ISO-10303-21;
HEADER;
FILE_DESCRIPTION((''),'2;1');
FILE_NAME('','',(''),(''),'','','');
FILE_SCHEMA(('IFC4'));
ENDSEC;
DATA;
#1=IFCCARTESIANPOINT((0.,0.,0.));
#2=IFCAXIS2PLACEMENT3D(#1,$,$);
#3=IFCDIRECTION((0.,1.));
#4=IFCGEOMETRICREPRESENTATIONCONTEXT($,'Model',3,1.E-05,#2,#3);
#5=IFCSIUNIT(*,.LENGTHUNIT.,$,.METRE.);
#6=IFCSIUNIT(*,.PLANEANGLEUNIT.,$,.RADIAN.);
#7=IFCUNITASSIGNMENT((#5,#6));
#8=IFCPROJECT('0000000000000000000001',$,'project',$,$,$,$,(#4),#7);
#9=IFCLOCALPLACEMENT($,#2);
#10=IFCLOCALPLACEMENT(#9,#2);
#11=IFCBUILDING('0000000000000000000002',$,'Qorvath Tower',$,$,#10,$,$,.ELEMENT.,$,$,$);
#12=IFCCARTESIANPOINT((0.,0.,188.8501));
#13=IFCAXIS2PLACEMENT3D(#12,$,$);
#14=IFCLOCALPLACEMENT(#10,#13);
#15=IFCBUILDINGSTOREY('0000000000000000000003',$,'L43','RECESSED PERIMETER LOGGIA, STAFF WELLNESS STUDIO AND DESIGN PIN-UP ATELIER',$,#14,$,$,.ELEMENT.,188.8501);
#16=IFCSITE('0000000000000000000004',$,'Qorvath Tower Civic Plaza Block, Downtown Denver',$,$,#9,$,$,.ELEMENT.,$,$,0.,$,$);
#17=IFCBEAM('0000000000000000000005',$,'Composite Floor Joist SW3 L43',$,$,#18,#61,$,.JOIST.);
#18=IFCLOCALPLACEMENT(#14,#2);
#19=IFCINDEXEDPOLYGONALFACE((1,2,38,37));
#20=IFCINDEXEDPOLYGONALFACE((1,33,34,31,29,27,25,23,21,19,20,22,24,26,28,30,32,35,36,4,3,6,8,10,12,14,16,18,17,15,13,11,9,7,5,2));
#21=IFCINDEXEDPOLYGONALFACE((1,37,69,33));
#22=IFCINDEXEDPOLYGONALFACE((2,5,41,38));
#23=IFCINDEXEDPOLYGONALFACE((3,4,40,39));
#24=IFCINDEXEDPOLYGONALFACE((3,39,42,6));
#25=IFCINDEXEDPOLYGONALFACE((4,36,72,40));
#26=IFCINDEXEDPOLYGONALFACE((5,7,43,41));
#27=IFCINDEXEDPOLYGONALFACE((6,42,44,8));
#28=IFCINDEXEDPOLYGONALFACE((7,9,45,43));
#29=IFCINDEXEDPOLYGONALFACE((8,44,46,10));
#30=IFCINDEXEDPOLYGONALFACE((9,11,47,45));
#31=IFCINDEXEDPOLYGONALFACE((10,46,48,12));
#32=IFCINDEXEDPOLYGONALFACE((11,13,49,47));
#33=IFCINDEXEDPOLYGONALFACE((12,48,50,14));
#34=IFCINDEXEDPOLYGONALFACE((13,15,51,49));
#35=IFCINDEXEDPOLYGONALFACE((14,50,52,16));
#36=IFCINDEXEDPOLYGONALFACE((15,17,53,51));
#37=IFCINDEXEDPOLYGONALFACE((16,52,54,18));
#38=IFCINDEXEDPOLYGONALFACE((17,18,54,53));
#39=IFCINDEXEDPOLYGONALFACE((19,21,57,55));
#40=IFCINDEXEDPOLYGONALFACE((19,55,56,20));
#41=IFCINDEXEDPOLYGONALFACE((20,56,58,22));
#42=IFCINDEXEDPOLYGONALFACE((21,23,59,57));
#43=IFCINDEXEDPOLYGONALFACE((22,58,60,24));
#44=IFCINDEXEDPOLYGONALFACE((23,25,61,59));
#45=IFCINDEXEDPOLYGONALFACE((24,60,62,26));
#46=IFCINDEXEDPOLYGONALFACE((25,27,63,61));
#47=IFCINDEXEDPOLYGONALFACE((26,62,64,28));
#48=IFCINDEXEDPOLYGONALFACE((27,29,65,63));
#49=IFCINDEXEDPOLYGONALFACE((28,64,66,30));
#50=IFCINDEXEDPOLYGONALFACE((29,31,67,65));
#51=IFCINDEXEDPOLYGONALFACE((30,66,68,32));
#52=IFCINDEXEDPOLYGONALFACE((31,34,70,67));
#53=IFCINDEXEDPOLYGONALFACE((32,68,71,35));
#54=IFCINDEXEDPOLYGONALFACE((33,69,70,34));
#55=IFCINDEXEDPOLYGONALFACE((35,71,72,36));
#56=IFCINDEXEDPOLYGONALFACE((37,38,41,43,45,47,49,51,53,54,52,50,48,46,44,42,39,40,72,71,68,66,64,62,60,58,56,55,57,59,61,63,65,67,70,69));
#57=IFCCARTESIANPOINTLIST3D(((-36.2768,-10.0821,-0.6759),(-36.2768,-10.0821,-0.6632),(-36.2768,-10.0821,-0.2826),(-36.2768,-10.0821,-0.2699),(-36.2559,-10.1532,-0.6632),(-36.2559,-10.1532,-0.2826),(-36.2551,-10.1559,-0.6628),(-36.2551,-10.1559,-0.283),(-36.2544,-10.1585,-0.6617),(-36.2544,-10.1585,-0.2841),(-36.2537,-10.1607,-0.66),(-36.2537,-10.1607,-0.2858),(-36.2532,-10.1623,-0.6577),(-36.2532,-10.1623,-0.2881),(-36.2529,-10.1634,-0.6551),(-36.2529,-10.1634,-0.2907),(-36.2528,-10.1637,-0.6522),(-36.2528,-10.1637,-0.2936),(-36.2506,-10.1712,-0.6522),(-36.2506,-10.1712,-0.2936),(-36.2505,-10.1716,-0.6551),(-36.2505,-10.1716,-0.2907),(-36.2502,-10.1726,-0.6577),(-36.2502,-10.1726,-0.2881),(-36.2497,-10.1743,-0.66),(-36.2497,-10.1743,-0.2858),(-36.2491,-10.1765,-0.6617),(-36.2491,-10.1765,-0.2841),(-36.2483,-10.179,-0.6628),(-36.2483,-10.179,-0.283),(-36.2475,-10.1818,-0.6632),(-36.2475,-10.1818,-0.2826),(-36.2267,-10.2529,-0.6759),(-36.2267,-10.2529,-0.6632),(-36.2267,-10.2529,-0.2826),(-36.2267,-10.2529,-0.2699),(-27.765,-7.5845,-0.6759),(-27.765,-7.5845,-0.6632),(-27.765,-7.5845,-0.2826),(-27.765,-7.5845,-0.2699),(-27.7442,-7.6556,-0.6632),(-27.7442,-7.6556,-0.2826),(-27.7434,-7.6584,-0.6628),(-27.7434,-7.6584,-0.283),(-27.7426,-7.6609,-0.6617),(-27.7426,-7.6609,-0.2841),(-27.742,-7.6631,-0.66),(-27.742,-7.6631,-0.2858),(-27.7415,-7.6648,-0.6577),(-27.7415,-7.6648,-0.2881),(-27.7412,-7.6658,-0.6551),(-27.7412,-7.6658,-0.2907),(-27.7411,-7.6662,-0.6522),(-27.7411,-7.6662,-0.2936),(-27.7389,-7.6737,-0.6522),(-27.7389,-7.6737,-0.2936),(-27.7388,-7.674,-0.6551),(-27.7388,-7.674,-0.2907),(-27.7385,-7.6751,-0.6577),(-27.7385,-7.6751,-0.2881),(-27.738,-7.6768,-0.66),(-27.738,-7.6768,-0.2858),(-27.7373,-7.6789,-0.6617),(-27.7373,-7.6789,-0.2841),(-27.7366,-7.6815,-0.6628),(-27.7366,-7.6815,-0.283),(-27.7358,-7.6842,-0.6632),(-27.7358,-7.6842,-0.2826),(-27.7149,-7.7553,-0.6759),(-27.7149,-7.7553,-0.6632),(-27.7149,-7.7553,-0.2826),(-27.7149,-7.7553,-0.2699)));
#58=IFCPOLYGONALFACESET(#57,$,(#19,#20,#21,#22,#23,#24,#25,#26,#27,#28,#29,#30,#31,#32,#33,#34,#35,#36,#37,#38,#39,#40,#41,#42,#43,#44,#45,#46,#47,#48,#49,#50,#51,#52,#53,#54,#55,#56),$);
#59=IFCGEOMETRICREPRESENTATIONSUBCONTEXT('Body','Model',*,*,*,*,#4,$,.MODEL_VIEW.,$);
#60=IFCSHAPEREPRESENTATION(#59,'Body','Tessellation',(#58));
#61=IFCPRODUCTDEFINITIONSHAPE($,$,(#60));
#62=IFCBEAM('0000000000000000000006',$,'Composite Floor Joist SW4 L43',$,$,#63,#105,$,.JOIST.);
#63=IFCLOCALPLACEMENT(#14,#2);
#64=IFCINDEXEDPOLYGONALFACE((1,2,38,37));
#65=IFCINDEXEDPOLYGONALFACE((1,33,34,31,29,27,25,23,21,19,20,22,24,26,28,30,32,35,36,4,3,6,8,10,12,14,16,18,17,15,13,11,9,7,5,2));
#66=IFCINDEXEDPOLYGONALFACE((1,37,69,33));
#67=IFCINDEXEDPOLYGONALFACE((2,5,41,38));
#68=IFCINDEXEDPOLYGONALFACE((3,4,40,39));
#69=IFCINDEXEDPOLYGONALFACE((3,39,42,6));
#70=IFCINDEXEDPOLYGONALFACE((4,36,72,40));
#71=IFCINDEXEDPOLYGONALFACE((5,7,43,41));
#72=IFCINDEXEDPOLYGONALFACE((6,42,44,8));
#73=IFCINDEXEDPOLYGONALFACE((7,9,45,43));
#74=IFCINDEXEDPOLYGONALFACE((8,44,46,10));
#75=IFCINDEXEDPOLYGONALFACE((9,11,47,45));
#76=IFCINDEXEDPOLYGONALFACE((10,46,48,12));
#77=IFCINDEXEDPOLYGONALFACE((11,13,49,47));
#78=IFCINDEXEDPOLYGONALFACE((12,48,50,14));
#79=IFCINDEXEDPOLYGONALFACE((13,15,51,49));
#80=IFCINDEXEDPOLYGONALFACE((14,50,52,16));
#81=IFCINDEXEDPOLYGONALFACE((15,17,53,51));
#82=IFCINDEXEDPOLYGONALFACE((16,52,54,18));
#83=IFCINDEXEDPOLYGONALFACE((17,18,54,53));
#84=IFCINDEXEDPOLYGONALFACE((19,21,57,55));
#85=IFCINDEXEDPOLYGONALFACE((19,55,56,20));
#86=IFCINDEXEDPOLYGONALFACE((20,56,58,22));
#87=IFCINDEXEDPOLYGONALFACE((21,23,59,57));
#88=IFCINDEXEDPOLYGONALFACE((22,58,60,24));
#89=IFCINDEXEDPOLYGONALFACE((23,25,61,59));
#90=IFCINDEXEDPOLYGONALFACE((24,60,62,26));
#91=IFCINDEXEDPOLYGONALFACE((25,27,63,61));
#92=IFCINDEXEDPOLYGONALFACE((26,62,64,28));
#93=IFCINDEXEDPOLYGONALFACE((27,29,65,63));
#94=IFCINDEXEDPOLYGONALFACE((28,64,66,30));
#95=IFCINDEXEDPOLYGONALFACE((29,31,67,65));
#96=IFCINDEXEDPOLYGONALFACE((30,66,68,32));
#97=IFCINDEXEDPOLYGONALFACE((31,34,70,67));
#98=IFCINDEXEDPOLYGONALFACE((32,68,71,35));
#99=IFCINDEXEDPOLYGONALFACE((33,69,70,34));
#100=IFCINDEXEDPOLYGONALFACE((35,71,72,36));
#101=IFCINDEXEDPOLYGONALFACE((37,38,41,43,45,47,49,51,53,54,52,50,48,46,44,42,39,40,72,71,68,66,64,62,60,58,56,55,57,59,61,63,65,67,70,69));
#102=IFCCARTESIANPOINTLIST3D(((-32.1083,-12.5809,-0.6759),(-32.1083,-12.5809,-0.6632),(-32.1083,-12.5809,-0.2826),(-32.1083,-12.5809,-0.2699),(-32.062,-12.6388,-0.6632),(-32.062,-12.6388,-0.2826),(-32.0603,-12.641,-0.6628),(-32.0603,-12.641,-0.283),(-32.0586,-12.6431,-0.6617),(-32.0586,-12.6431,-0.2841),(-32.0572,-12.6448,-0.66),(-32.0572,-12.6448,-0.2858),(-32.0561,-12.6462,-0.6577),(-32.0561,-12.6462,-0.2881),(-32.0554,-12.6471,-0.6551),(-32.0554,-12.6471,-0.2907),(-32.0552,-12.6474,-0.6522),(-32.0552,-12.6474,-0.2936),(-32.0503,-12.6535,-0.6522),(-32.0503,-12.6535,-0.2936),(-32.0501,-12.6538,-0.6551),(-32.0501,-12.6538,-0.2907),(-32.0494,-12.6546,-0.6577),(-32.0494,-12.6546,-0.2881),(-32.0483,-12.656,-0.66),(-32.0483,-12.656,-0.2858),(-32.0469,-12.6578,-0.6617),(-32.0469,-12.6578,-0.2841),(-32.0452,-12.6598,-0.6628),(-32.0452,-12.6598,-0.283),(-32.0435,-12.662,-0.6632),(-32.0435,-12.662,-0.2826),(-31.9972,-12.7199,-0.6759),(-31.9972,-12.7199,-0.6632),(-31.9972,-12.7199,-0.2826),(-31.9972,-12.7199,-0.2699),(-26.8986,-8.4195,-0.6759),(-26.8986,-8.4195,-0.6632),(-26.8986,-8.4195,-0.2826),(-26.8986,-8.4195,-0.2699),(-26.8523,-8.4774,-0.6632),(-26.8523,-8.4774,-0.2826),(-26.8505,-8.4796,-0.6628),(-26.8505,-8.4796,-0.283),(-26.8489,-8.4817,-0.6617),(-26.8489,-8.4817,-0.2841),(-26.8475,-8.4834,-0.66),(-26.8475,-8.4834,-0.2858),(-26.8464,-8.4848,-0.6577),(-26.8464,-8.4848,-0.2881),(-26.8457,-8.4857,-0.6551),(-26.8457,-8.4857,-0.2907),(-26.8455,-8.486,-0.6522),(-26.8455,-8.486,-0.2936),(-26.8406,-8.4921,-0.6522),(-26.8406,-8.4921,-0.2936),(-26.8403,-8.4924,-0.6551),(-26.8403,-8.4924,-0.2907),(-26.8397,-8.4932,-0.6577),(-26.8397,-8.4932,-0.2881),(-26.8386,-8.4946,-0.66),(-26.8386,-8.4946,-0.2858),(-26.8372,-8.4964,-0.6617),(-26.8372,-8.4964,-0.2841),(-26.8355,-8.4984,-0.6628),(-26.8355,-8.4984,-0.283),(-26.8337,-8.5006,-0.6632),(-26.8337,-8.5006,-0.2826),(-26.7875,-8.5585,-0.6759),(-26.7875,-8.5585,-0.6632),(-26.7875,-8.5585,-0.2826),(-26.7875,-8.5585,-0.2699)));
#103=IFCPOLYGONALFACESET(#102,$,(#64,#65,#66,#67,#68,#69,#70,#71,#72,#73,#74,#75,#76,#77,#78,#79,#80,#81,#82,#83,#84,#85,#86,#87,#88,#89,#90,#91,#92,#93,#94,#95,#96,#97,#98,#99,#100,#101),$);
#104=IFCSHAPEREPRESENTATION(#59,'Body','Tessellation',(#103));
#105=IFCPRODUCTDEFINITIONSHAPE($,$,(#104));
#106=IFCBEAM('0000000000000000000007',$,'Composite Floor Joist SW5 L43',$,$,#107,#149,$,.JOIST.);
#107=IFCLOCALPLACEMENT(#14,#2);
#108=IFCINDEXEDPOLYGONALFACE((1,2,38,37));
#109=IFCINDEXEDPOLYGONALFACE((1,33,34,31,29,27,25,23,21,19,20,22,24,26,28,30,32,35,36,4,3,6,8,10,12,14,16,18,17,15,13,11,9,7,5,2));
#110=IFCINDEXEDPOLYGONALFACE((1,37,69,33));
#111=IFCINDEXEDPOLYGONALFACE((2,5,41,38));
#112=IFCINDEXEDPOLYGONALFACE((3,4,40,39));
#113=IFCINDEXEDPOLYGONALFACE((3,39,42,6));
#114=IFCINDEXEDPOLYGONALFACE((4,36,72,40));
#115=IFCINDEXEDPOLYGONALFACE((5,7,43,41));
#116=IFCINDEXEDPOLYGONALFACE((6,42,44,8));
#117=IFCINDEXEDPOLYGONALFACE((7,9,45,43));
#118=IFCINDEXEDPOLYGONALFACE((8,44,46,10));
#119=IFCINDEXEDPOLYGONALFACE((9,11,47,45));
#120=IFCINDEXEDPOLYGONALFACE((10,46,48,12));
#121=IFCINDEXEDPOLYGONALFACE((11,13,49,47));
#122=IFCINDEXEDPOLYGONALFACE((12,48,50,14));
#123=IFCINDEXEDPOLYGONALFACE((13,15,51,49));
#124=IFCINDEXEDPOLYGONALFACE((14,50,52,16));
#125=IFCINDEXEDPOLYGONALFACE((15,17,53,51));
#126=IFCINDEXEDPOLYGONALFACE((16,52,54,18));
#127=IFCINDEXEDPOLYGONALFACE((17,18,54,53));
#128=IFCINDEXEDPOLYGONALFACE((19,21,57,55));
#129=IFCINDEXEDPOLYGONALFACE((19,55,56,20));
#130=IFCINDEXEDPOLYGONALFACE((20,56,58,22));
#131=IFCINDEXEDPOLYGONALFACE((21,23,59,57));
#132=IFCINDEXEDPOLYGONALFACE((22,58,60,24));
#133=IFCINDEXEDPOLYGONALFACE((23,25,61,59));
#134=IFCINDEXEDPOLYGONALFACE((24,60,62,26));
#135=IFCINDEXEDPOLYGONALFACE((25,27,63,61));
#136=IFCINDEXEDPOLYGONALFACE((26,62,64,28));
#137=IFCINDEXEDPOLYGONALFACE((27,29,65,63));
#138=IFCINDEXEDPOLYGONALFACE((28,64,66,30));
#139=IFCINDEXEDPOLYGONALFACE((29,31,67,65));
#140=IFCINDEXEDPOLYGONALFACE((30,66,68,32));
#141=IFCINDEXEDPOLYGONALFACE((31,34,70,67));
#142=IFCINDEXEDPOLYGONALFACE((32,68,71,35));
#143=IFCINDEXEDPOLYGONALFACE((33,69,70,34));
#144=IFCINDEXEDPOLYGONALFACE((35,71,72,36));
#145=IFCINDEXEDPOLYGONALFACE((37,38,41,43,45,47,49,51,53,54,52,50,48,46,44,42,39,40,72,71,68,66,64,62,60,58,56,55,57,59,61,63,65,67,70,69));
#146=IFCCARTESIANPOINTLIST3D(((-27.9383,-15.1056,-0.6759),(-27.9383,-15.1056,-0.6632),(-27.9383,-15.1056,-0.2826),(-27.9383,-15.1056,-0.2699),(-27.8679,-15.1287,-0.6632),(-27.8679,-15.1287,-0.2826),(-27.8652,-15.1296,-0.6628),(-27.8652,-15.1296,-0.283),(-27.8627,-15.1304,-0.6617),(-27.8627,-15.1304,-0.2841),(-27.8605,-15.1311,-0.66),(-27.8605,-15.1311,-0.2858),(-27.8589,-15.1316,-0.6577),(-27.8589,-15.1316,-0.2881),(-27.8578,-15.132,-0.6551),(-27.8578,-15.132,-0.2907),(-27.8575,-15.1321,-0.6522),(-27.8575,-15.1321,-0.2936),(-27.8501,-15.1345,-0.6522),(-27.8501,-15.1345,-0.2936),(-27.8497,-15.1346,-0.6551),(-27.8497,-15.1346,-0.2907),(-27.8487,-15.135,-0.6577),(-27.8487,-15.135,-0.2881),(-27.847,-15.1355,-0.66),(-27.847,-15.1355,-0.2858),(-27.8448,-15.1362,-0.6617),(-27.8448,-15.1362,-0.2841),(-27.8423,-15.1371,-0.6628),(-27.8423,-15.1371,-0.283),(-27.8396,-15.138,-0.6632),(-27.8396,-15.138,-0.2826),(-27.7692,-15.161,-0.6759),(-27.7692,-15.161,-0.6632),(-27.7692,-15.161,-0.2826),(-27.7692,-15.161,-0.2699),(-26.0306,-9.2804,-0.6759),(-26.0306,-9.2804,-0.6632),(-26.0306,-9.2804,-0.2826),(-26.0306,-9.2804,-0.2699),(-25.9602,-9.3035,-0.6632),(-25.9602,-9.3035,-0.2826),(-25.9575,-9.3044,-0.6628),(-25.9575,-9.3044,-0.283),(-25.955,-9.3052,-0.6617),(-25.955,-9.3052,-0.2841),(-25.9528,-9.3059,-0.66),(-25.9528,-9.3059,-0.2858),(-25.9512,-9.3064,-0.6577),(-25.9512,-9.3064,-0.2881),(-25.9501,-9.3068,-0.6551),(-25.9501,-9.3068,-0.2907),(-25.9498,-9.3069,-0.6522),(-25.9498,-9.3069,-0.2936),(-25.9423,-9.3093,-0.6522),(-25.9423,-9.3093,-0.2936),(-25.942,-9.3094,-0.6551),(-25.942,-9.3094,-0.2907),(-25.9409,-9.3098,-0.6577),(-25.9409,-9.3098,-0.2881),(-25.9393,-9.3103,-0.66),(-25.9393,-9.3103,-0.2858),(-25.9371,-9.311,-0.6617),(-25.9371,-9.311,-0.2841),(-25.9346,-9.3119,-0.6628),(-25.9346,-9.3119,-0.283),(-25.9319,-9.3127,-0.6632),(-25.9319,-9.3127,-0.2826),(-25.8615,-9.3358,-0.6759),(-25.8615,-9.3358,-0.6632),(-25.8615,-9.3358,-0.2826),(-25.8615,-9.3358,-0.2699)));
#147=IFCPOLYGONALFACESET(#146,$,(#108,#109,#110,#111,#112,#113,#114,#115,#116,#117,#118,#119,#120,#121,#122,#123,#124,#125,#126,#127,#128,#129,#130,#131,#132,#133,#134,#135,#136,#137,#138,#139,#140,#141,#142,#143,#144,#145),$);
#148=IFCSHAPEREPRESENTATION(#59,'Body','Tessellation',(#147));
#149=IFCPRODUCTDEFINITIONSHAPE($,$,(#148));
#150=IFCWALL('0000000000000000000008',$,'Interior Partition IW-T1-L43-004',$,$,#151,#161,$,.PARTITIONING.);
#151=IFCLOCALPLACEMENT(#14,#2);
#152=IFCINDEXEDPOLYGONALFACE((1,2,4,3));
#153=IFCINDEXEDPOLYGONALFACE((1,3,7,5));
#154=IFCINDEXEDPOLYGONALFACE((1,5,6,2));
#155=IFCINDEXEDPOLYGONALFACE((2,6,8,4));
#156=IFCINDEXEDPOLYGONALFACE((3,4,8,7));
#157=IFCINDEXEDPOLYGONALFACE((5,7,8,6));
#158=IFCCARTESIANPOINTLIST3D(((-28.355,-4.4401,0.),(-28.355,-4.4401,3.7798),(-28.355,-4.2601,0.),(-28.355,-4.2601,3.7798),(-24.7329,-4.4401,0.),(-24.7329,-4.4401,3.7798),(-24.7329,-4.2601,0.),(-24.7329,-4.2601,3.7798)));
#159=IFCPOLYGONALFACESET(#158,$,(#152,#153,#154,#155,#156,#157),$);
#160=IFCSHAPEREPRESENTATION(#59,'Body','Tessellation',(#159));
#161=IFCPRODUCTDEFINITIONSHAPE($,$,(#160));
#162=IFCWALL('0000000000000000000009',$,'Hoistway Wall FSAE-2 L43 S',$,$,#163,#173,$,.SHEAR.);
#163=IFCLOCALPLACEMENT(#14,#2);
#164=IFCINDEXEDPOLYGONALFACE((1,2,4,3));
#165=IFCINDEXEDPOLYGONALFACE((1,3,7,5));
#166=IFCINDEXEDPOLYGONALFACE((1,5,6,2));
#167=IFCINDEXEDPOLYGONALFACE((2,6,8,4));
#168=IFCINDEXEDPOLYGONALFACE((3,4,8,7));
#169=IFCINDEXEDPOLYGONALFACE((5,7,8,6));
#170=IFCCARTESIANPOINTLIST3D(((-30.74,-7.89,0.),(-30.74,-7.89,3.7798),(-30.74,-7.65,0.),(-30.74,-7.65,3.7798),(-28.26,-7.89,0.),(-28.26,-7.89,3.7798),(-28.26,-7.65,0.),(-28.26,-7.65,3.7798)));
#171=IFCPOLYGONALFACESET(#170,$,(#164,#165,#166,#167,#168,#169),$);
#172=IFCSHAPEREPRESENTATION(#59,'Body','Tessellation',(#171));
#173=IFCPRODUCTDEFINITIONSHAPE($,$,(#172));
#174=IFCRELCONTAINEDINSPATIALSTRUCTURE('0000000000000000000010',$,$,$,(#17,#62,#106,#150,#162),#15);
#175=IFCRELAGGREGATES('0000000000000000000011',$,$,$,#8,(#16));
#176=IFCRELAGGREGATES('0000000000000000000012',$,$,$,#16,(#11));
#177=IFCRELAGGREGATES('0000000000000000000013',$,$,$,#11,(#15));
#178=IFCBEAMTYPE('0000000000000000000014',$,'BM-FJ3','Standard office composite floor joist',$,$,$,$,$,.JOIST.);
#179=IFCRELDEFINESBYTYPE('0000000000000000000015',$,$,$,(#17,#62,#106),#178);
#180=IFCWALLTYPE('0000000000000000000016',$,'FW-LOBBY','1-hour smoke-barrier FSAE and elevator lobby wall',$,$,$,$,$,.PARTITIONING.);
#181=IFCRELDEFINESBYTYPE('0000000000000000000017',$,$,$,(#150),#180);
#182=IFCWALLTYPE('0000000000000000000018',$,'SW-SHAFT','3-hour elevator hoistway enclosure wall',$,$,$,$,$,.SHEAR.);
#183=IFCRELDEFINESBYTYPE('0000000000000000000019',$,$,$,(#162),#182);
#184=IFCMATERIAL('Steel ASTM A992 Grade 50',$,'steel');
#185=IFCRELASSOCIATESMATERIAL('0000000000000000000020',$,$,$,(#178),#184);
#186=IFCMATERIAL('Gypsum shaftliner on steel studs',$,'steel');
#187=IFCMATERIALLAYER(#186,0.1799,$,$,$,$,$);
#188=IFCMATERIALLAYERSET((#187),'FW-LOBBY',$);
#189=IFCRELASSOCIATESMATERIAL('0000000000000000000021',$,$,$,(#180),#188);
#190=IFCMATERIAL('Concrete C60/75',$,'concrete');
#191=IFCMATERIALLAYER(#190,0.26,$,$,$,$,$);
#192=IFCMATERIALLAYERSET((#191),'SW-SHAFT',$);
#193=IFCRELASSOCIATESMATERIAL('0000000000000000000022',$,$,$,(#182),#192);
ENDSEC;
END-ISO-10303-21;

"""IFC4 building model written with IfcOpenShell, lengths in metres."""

from ifc_helpers import new_model, si_unit, direction, frame, frame_2d, origin, origin_2d, place, context, subcontext, project, spatial, rectangle, i_section, extrude, material, layer, layer_set, material_profile, profile_set, type_object, element, save


model = new_model("IFC4")

# Units and contexts
model_context = context("Model", 3, precision=1e-05, world=origin(), true_north=direction((0.0, 1.0)))
body_context = subcontext(model_context, "Body", "Model", "MODEL_VIEW")
ifc_project = project(units=[si_unit("LENGTHUNIT", "METRE"), si_unit("PLANEANGLEUNIT", "RADIAN")], contexts=[model_context])

# Site, building, storey
site_placement = place(None, origin())
site = spatial("IfcSite", under=ifc_project, at=site_placement, Name="Qorvath Tower Civic Plaza Block, Downtown Denver", CompositionType="ELEMENT", RefElevation=0.0)
building_placement = place(site_placement, origin())
building = spatial("IfcBuilding", under=site, at=building_placement, Name="Qorvath Tower", CompositionType="ELEMENT")
storey_placement = place(building_placement, frame((0.0, 0.0, 188.8501)))
storey = spatial("IfcBuildingStorey", under=building, at=storey_placement, Name="L43", Description="RECESSED PERIMETER LOGGIA, STAFF WELLNESS STUDIO AND DESIGN PIN-UP ATELIER", CompositionType="ELEMENT", Elevation=188.8501)

# Beams
ifc_material_1 = material(Name="Steel ASTM A992 Grade 50", Category="steel")
ifc_material_profile_1 = material_profile(ifc_material_1, i_section(OverallWidth=0.178, OverallDepth=0.406, WebThickness=0.0078, FlangeThickness=0.0127, FilletRadius=0.011, at=origin_2d()), Name="W16x40")
ifc_profile_set_1 = profile_set([ifc_material_profile_1], Name="Steel ASTM A992 Grade 50")
beam_type_1 = type_object("IfcBeamType", Name="BM-FJ3", Description="Standard office composite floor joist", PredefinedType="JOIST", material=ifc_profile_set_1)
beam_1_placement = place(storey_placement, frame((-27.74, -7.6699, -0.4729), z_axis=(-0.959545, -0.281555, 0.0), x_axis=(0.281555, -0.959545, 0.0)))
element("IfcBeam", 1, at=beam_1_placement, inside=storey, type_object=beam_type_1, Name="Composite Floor Joist SW3 L43", PredefinedType="JOIST", context=body_context, shape_type="SweptSolid", body=[
    extrude(i_section(OverallWidth=0.178, OverallDepth=0.406, WebThickness=0.0078, FlangeThickness=0.0127, FilletRadius=0.011, at=origin_2d()), origin(), (0.0, 0.0, 1.0), 8.8706),
])
beam_2_placement = place(storey_placement, frame((-26.843, -8.489, -0.4729), z_axis=(-0.781337, -0.62411, 0.0), x_axis=(0.62411, -0.781337, 0.0)))
element("IfcBeam", 2, at=beam_2_placement, inside=storey, type_object=beam_type_1, Name="Composite Floor Joist SW4 L43", PredefinedType="JOIST", context=body_context, shape_type="SweptSolid", body=[
    extrude(i_section(OverallWidth=0.178, OverallDepth=0.406, WebThickness=0.0078, FlangeThickness=0.0127, FilletRadius=0.011, at=origin_2d()), origin(), (0.0, 0.0, 1.0), 6.6677),
])
beam_3_placement = place(storey_placement, frame((-25.946, -9.3081, -0.4729), z_axis=(-0.311229, -0.950335, 0.0), x_axis=(0.950335, -0.311229, 0.0)))
element("IfcBeam", 3, at=beam_3_placement, inside=storey, type_object=beam_type_1, Name="Composite Floor Joist SW5 L43", PredefinedType="JOIST", context=body_context, shape_type="SweptSolid", body=[
    extrude(i_section(OverallWidth=0.178, OverallDepth=0.406, WebThickness=0.0078, FlangeThickness=0.0127, FilletRadius=0.011, at=origin_2d()), origin(), (0.0, 0.0, 1.0), 6.1296),
])

# Shared definitions
ifc_material_2 = material(Name="Gypsum shaftliner on steel studs", Category="steel")
ifc_layer_1 = layer(ifc_material_2, 0.1799)
ifc_layer_set_1 = layer_set([ifc_layer_1], Name="FW-LOBBY")
wall_type_1 = type_object("IfcWallType", Name="FW-LOBBY", Description="1-hour smoke-barrier FSAE and elevator lobby wall", PredefinedType="PARTITIONING", material=ifc_layer_set_1)

# Walls
wall_1_placement = place(storey_placement, frame((-24.7329, -4.3501, 0.0), z_axis=(0.0, 0.0, 1.0), x_axis=(-1.0, 0.0, 0.0)))
element("IfcWall", 4, at=wall_1_placement, inside=storey, type_object=wall_type_1, Name="Interior Partition IW-T1-L43-004", PredefinedType="PARTITIONING", context=body_context, shape_type="SweptSolid", body=[
    extrude(rectangle(XDim=3.6221, YDim=0.1799, at=frame_2d((1.811, 0.0))), origin(), (0.0, 0.0, 1.0), 3.7798),
])
ifc_material_3 = material(Name="Concrete C60/75", Category="concrete")
ifc_layer_2 = layer(ifc_material_3, 0.26)
ifc_layer_set_2 = layer_set([ifc_layer_2], Name="SW-SHAFT")
wall_type_2 = type_object("IfcWallType", Name="SW-SHAFT", Description="3-hour elevator hoistway enclosure wall", PredefinedType="SHEAR", material=ifc_layer_set_2)
wall_2_placement = place(storey_placement, frame((-28.26, -7.77, 0.0), z_axis=(0.0, 0.0, 1.0), x_axis=(-1.0, 0.0, 0.0)))
element("IfcWall", 5, at=wall_2_placement, inside=storey, type_object=wall_type_2, Name="Hoistway Wall FSAE-2 L43 S", PredefinedType="SHEAR", context=body_context, shape_type="SweptSolid", body=[
    extrude(rectangle(XDim=2.48, YDim=0.24, at=frame_2d((1.24, 0.0))), origin(), (0.0, 0.0, 1.0), 3.7798),
])

save(model, "model.ifc")
